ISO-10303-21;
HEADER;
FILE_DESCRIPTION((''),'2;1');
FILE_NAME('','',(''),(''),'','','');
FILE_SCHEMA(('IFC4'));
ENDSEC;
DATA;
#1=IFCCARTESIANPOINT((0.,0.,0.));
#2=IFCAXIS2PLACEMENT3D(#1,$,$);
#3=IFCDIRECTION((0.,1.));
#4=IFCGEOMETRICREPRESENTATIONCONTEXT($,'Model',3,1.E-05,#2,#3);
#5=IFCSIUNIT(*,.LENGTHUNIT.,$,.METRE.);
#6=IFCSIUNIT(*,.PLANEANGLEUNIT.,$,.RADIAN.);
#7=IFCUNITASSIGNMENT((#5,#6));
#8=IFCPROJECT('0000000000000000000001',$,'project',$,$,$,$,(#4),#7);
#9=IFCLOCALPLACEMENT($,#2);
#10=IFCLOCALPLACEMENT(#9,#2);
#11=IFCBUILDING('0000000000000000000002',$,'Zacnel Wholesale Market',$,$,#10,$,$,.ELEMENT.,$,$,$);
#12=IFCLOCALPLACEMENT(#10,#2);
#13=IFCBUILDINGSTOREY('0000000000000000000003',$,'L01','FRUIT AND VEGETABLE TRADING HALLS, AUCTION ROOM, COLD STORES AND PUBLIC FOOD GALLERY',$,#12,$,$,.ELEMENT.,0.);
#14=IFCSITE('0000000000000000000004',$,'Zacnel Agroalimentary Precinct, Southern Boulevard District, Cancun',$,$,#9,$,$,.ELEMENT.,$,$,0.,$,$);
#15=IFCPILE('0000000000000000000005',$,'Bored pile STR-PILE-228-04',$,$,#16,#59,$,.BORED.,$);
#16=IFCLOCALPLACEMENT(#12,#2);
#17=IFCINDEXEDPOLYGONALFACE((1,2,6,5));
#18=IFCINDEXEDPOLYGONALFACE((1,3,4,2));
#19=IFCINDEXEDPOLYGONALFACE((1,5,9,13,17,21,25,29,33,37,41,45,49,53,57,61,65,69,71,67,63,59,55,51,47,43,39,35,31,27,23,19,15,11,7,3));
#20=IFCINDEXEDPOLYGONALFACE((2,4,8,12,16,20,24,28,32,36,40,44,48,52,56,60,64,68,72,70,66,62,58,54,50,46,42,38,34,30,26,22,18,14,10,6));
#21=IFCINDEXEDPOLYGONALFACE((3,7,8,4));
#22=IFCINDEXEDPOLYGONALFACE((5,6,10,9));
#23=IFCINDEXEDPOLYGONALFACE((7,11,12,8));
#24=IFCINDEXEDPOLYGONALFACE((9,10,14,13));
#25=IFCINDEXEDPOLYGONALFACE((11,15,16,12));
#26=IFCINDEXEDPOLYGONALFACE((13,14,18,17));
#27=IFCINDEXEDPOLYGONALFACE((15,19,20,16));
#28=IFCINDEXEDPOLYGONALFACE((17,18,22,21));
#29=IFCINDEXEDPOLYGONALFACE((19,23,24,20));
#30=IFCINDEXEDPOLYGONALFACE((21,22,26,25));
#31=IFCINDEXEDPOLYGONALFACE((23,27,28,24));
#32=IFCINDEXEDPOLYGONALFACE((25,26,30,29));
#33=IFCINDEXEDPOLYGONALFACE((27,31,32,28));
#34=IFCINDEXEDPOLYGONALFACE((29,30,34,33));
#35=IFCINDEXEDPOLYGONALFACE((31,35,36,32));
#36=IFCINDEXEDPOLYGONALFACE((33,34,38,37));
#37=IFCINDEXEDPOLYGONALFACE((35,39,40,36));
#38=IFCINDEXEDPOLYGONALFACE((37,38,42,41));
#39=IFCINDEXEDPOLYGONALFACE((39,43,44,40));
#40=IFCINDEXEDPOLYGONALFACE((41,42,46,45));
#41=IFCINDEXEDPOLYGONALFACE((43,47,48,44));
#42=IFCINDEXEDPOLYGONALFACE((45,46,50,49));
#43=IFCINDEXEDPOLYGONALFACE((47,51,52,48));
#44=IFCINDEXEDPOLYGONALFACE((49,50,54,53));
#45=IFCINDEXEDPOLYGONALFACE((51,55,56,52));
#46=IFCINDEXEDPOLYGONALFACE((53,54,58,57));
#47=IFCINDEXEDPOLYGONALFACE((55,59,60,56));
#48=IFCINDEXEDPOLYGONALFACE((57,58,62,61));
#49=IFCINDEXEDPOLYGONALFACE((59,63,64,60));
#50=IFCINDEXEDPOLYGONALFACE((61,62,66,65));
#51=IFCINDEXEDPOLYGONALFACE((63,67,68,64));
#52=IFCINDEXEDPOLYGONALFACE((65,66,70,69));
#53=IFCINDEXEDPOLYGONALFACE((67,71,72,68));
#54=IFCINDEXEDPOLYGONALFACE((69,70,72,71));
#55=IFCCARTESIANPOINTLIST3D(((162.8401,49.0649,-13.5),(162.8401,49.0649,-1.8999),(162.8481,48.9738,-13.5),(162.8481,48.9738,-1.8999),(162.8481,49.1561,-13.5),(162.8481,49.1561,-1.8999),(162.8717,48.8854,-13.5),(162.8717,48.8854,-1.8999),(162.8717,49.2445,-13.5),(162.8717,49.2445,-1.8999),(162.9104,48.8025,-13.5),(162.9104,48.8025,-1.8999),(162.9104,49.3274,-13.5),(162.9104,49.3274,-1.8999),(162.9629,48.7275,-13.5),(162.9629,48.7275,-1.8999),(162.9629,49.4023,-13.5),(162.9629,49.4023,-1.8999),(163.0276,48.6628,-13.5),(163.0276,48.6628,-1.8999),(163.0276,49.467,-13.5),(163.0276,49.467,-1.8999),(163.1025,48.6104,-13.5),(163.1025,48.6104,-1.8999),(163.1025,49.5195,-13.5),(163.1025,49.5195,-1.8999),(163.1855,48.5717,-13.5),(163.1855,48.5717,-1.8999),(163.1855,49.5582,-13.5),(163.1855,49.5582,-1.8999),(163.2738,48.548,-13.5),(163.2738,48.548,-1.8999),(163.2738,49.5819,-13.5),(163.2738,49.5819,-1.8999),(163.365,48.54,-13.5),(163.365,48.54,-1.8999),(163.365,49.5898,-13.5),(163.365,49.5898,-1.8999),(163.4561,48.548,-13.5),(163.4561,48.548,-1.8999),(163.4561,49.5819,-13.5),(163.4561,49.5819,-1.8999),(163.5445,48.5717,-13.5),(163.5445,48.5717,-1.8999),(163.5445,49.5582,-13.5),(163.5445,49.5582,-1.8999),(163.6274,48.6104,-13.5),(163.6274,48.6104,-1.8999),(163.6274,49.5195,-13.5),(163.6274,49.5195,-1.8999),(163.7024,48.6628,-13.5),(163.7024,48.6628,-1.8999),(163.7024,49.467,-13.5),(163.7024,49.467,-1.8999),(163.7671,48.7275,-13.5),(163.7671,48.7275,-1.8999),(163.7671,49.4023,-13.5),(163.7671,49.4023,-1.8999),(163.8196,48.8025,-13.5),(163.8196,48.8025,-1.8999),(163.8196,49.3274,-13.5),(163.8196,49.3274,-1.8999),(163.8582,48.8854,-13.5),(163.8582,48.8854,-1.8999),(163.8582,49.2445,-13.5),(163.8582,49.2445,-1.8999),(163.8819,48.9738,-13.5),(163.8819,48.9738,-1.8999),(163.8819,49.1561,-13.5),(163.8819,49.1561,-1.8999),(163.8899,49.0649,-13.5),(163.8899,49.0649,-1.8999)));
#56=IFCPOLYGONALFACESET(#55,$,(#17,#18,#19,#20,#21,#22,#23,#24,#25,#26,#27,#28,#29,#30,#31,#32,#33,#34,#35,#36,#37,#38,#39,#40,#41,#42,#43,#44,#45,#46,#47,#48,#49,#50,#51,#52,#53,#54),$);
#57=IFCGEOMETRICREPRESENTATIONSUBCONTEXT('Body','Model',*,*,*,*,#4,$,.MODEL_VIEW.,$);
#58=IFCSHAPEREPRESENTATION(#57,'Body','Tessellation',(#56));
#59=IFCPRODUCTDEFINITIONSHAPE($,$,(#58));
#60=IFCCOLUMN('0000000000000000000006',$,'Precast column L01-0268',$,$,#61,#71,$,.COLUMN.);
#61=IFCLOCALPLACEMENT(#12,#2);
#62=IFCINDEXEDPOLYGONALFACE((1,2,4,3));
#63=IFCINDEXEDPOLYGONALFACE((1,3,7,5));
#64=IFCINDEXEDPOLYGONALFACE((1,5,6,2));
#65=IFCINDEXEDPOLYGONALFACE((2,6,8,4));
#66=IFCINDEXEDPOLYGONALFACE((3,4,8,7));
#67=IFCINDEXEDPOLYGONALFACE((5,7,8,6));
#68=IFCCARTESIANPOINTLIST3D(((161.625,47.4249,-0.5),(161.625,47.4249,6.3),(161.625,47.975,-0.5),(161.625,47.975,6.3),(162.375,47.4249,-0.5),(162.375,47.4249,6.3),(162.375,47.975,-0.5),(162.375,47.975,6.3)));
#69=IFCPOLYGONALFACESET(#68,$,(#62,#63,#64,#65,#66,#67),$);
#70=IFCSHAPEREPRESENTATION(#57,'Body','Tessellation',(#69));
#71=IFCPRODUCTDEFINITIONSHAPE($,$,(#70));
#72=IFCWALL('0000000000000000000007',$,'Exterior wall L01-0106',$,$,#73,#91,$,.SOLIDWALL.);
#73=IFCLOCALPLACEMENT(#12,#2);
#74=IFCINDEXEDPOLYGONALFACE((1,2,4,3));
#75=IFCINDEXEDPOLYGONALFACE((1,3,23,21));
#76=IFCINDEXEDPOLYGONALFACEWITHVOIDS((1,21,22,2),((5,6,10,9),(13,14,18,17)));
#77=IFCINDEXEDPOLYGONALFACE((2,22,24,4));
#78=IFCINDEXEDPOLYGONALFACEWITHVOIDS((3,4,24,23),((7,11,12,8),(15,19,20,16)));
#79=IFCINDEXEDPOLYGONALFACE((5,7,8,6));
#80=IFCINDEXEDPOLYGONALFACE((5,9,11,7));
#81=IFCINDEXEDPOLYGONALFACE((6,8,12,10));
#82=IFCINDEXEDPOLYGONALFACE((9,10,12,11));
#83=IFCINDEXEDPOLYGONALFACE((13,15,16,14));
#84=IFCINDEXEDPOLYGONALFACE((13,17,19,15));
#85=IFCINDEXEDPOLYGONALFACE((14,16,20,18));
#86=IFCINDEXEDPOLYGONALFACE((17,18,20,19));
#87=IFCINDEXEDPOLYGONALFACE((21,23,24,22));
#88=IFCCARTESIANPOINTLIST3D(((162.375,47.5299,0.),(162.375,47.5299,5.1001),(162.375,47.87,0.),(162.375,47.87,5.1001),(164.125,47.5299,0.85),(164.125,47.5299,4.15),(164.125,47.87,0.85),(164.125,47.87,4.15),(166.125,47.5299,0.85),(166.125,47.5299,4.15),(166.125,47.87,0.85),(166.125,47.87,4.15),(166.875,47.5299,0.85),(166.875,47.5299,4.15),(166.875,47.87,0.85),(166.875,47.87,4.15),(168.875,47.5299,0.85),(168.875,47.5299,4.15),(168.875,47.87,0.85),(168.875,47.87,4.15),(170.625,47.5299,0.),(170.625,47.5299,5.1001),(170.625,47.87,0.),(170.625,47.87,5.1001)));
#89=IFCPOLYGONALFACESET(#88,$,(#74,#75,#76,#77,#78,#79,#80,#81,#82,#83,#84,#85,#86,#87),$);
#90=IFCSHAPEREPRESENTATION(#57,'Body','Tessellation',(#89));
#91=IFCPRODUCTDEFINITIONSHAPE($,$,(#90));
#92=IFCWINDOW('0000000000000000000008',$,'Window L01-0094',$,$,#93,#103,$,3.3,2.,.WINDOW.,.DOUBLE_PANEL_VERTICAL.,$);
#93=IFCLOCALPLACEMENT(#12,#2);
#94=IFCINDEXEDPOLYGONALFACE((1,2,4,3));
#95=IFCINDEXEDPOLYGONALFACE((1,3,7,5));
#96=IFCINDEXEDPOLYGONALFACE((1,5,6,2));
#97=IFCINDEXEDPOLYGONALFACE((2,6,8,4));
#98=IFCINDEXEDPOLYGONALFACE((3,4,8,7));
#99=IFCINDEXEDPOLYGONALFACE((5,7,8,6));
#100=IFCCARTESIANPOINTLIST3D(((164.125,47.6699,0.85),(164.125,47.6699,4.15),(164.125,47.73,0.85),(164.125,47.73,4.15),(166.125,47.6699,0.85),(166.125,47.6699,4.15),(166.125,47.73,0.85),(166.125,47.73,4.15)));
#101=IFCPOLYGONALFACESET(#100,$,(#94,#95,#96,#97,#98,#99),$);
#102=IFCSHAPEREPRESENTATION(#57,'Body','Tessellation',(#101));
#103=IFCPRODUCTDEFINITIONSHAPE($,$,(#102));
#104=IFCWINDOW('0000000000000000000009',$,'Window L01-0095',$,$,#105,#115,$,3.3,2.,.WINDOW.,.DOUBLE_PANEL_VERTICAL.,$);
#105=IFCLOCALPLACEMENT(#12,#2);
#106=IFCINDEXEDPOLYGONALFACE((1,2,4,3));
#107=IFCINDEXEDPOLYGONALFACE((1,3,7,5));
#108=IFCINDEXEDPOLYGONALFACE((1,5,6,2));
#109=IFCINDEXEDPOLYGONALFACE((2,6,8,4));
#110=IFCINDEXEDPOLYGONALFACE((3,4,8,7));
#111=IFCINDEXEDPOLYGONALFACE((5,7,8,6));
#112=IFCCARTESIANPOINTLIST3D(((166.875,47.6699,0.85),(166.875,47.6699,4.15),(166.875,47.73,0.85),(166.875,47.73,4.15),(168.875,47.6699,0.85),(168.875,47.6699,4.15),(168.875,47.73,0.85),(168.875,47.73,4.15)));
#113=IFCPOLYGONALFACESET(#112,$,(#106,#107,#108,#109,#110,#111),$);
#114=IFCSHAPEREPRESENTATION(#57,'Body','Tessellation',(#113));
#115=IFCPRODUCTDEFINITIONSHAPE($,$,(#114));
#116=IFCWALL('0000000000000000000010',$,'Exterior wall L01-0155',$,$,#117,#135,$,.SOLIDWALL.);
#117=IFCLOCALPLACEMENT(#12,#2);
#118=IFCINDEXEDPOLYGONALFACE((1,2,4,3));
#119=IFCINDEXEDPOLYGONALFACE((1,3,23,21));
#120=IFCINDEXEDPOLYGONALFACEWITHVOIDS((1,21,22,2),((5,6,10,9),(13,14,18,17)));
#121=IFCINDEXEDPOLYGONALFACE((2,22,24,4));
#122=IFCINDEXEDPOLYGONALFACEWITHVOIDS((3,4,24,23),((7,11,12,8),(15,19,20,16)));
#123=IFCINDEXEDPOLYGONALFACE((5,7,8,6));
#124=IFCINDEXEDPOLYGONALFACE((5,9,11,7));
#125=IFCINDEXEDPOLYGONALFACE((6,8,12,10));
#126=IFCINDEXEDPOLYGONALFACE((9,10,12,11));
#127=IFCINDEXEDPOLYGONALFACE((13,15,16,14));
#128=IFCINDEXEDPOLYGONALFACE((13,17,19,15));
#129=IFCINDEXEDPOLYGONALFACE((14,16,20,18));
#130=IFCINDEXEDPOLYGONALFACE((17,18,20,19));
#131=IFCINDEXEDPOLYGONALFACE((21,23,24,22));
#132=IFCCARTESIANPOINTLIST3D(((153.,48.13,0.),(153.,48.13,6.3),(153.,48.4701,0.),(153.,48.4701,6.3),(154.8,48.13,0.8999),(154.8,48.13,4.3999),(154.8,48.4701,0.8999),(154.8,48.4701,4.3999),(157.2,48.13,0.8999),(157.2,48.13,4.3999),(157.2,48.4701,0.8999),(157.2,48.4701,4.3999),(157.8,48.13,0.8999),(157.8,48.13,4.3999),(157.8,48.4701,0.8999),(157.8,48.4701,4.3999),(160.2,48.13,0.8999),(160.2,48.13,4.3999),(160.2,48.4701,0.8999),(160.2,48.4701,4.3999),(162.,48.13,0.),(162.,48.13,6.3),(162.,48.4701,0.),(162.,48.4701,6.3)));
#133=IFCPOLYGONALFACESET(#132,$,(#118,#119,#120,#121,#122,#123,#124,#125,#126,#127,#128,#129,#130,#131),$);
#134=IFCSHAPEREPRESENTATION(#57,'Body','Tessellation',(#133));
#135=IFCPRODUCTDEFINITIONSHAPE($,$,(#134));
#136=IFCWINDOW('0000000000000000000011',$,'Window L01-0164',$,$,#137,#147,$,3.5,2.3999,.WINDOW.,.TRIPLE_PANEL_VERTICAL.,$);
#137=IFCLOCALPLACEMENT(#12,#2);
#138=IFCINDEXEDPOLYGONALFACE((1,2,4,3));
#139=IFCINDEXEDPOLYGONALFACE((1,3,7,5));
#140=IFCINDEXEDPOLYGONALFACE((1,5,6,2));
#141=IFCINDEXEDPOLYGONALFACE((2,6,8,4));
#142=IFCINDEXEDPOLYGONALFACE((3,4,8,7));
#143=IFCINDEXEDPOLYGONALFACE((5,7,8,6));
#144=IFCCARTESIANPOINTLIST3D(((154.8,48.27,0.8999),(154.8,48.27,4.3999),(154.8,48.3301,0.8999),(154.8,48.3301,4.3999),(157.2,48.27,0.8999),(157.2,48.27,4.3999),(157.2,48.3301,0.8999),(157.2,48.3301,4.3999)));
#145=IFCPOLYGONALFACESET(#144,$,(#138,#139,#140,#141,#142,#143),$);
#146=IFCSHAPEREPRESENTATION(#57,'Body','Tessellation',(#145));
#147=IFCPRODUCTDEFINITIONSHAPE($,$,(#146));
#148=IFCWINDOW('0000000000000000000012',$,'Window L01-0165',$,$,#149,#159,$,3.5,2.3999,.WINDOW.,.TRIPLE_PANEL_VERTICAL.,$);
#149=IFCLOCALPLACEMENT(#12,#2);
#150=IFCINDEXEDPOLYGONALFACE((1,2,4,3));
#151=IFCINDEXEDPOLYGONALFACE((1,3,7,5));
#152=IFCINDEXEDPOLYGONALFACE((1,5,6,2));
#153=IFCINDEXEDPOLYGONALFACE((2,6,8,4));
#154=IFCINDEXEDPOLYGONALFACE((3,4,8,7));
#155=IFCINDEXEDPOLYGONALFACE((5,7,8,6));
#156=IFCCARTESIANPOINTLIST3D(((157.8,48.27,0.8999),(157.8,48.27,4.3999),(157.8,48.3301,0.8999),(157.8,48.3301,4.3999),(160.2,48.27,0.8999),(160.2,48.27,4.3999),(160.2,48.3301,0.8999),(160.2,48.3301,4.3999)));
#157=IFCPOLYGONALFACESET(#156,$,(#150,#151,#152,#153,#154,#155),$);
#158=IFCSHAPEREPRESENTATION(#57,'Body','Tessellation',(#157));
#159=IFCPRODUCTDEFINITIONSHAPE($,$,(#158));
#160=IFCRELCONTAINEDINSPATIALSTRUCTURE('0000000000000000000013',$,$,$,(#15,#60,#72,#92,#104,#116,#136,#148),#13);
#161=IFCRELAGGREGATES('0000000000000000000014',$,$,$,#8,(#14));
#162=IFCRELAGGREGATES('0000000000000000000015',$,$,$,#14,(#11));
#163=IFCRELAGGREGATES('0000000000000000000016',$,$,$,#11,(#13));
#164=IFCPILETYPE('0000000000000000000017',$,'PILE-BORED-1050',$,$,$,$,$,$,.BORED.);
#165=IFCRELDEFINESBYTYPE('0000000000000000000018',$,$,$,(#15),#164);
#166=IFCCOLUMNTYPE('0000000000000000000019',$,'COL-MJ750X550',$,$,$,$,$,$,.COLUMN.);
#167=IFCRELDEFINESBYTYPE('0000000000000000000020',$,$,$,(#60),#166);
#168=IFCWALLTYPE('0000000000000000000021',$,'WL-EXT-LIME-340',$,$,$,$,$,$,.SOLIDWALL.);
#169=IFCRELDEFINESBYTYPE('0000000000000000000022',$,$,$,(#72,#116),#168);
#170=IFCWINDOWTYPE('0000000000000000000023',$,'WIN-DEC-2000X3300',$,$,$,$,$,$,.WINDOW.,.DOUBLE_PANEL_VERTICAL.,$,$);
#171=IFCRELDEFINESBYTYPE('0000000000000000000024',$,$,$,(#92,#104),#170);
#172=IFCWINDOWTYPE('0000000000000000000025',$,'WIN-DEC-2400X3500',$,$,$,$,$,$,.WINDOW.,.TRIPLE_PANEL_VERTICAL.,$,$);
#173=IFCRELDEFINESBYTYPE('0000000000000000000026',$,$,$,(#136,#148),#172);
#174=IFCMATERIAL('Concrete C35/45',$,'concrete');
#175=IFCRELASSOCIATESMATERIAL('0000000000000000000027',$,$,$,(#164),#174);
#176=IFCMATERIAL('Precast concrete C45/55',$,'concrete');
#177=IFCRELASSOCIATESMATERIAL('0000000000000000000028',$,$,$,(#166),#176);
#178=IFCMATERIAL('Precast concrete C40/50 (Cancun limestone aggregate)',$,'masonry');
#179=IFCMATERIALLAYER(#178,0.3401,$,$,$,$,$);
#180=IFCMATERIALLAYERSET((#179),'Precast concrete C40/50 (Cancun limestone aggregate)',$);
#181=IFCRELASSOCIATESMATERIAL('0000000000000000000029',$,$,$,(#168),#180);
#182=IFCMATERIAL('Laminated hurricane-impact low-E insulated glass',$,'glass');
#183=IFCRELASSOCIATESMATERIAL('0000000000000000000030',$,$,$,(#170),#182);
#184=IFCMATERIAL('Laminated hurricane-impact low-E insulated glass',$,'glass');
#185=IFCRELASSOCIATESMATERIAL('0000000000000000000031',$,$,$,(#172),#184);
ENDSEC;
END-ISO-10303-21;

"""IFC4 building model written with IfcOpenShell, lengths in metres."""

from ifc_helpers import new_model, si_unit, direction, frame, frame_2d, origin, origin_2d, place, context, subcontext, project, spatial, rectangle, circle, extrude, material, layer, layer_set, material_profile, profile_set, type_object, element, fill, save


model = new_model("IFC4")

# Units and contexts
model_context = context("Model", 3, precision=1e-05, world=origin(), true_north=direction((0.0, 1.0)))
body_context = subcontext(model_context, "Body", "Model", "MODEL_VIEW")
ifc_project = project(units=[si_unit("LENGTHUNIT", "METRE"), si_unit("PLANEANGLEUNIT", "RADIAN")], contexts=[model_context])

# Site, building, storey
site_placement = place(None, origin())
site = spatial("IfcSite", under=ifc_project, at=site_placement, Name="Zacnel Agroalimentary Precinct, Southern Boulevard District, Cancun", CompositionType="ELEMENT", RefElevation=0.0)
building_placement = place(site_placement, origin())
building = spatial("IfcBuilding", under=site, at=building_placement, Name="Zacnel Wholesale Market", CompositionType="ELEMENT")
storey_placement = place(building_placement, origin())
storey = spatial("IfcBuildingStorey", under=building, at=storey_placement, Name="L01", Description="FRUIT AND VEGETABLE TRADING HALLS, AUCTION ROOM, COLD STORES AND PUBLIC FOOD GALLERY", CompositionType="ELEMENT", Elevation=0.0)

# Pile
ifc_material_1 = material(Name="Concrete C35/45", Category="concrete")
ifc_material_profile_1 = material_profile(ifc_material_1, circle(Radius=0.5249, at=origin_2d()), Name="BORED PILE D1050")
ifc_profile_set_1 = profile_set([ifc_material_profile_1], Name="Concrete C35/45")
pile_type = type_object("IfcPileType", Name="PILE-BORED-1050", PredefinedType="BORED", material=ifc_profile_set_1)
for number, where, z_axis, x_axis, name in (
    (1, (163.365, 49.0649, -1.8999), (0.0, 0.0, -1.0), (1.0, 0.0, 0.0), "Bored pile STR-PILE-228-04"),
):
    element("IfcPile", number, at=place(storey_placement, frame(where, z_axis=z_axis, x_axis=x_axis)), inside=storey, type_object=pile_type, Name=name, PredefinedType="BORED", context=body_context, shape_type="SweptSolid", body=[
        extrude(circle(Radius=0.5249, at=origin_2d()), origin(), (0.0, 0.0, 1.0), 11.6001),
    ])

# Column
ifc_material_2 = material(Name="Precast concrete C45/55", Category="concrete")
ifc_material_profile_2 = material_profile(ifc_material_2, rectangle(XDim=0.75, YDim=0.55, at=origin_2d()), Name="PC 750x550")
ifc_profile_set_2 = profile_set([ifc_material_profile_2], Name="Precast concrete C45/55")
column_type = type_object("IfcColumnType", Name="COL-MJ750X550", PredefinedType="COLUMN", material=ifc_profile_set_2)
column_placement = place(storey_placement, frame((162.0, 47.7, -0.5), z_axis=(0.0, 0.0, 1.0), x_axis=(1.0, 0.0, 0.0)))
element("IfcColumn", 2, at=column_placement, inside=storey, type_object=column_type, Name="Precast column L01-0268", PredefinedType="COLUMN", context=body_context, shape_type="SweptSolid", body=[
    extrude(rectangle(XDim=0.75, YDim=0.55, at=origin_2d()), origin(), (0.0, 0.0, 1.0), 6.8),
])

# Walls, openings, windows
ifc_material_3 = material(Name="Precast concrete C40/50 (Cancun limestone aggregate)", Category="masonry")
ifc_layer_1 = layer(ifc_material_3, 0.3401)
ifc_layer_set_1 = layer_set([ifc_layer_1], Name="Precast concrete C40/50 (Cancun limestone aggregate)")
wall_type = type_object("IfcWallType", Name="WL-EXT-LIME-340", PredefinedType="SOLIDWALL", material=ifc_layer_set_1)
wall_1_placement = place(storey_placement, frame((162.375, 47.7, 0.0), z_axis=(0.0, 0.0, 1.0), x_axis=(1.0, 0.0, 0.0)))
wall_1 = element("IfcWall", 3, at=wall_1_placement, inside=storey, type_object=wall_type, Name="Exterior wall L01-0106", PredefinedType="SOLIDWALL", context=body_context, shape_type="SweptSolid", body=[
    extrude(rectangle(XDim=8.25, YDim=0.3401, at=frame_2d((4.125, 0.0))), origin(), (0.0, 0.0, 1.0), 5.1001),
])
opening_1_placement = place(wall_1_placement, frame((1.75, 0.0, 0.8501)))
opening_1 = element("IfcOpeningElement", 4, at=opening_1_placement, cuts=wall_1, PredefinedType="OPENING", context=body_context, shape_type="SweptSolid", body=[
    extrude(rectangle(XDim=2.0, YDim=3.3, at=frame_2d((1.0, 1.6499))), frame((0.0, 0.1799, 0.0), z_axis=(0.0, -1.0, 0.0), x_axis=(1.0, 0.0, 0.0)), (0.0, 0.0, 1.0), 0.3601),
])
opening_2_placement = place(wall_1_placement, frame((4.5, 0.0, 0.8501)))
opening_2 = element("IfcOpeningElement", 5, at=opening_2_placement, cuts=wall_1, PredefinedType="OPENING", context=body_context, shape_type="SweptSolid", body=[
    extrude(rectangle(XDim=2.0, YDim=3.3, at=frame_2d((1.0, 1.6499))), frame((0.0, 0.1799, 0.0), z_axis=(0.0, -1.0, 0.0), x_axis=(1.0, 0.0, 0.0)), (0.0, 0.0, 1.0), 0.3601),
])
ifc_material_4 = material(Name="Laminated hurricane-impact low-E insulated glass", Category="glass")
window_type_1 = type_object("IfcWindowType", Name="WIN-DEC-2000X3300", PartitioningType="DOUBLE_PANEL_VERTICAL", PredefinedType="WINDOW", material=ifc_material_4)
window_1_placement = place(opening_1_placement, origin())
window_1 = element("IfcWindow", 6, at=window_1_placement, inside=storey, type_object=window_type_1, Name="Window L01-0094", OverallHeight=3.3, OverallWidth=2.0, PartitioningType="DOUBLE_PANEL_VERTICAL", PredefinedType="WINDOW", context=body_context, shape_type="SweptSolid", body=[
    extrude(rectangle(XDim=2.0, YDim=3.3, at=frame_2d((1.0, 1.6499))), frame((0.0, 0.03, 0.0), z_axis=(0.0, -1.0, 0.0), x_axis=(1.0, 0.0, 0.0)), (0.0, 0.0, 1.0), 0.0601),
])
fill(opening_1, window_1)
window_2_placement = place(opening_2_placement, origin())
window_2 = element("IfcWindow", 7, at=window_2_placement, inside=storey, type_object=window_type_1, Name="Window L01-0095", OverallHeight=3.3, OverallWidth=2.0, PartitioningType="DOUBLE_PANEL_VERTICAL", PredefinedType="WINDOW", context=body_context, shape_type="SweptSolid", body=[
    extrude(rectangle(XDim=2.0, YDim=3.3, at=frame_2d((1.0, 1.6499))), frame((0.0, 0.03, 0.0), z_axis=(0.0, -1.0, 0.0), x_axis=(1.0, 0.0, 0.0)), (0.0, 0.0, 1.0), 0.0601),
])
fill(opening_2, window_2)
wall_2_placement = place(storey_placement, frame((153.0, 48.3, 0.0), z_axis=(0.0, 0.0, 1.0), x_axis=(1.0, 0.0, 0.0)))
wall_2 = element("IfcWall", 8, at=wall_2_placement, inside=storey, type_object=wall_type, Name="Exterior wall L01-0155", PredefinedType="SOLIDWALL", context=body_context, shape_type="SweptSolid", body=[
    extrude(rectangle(XDim=9.0, YDim=0.3401, at=frame_2d((4.5, 0.0))), origin(), (0.0, 0.0, 1.0), 6.3),
])
opening_3_placement = place(wall_2_placement, frame((1.8, 0.0, 0.8999)))
opening_3 = element("IfcOpeningElement", 9, at=opening_3_placement, cuts=wall_2, PredefinedType="OPENING", context=body_context, shape_type="SweptSolid", body=[
    extrude(rectangle(XDim=2.3999, YDim=3.5, at=frame_2d((1.2, 1.75))), frame((0.0, 0.1799, 0.0), z_axis=(0.0, -1.0, 0.0), x_axis=(1.0, 0.0, 0.0)), (0.0, 0.0, 1.0), 0.3601),
])
opening_4_placement = place(wall_2_placement, frame((4.8, 0.0, 0.8999)))
opening_4 = element("IfcOpeningElement", 10, at=opening_4_placement, cuts=wall_2, PredefinedType="OPENING", context=body_context, shape_type="SweptSolid", body=[
    extrude(rectangle(XDim=2.3999, YDim=3.5, at=frame_2d((1.2, 1.75))), frame((0.0, 0.1799, 0.0), z_axis=(0.0, -1.0, 0.0), x_axis=(1.0, 0.0, 0.0)), (0.0, 0.0, 1.0), 0.3601),
])
ifc_material_5 = material(Name="Laminated hurricane-impact low-E insulated glass", Category="glass")
window_type_2 = type_object("IfcWindowType", Name="WIN-DEC-2400X3500", PartitioningType="TRIPLE_PANEL_VERTICAL", PredefinedType="WINDOW", material=ifc_material_5)
window_3_placement = place(opening_3_placement, origin())
window_3 = element("IfcWindow", 11, at=window_3_placement, inside=storey, type_object=window_type_2, Name="Window L01-0164", OverallHeight=3.5, OverallWidth=2.3999, PartitioningType="TRIPLE_PANEL_VERTICAL", PredefinedType="WINDOW", context=body_context, shape_type="SweptSolid", body=[
    extrude(rectangle(XDim=2.3999, YDim=3.5, at=frame_2d((1.2, 1.75))), frame((0.0, 0.03, 0.0), z_axis=(0.0, -1.0, 0.0), x_axis=(1.0, 0.0, 0.0)), (0.0, 0.0, 1.0), 0.0601),
])
fill(opening_3, window_3)
window_4_placement = place(opening_4_placement, origin())
window_4 = element("IfcWindow", 12, at=window_4_placement, inside=storey, type_object=window_type_2, Name="Window L01-0165", OverallHeight=3.5, OverallWidth=2.3999, PartitioningType="TRIPLE_PANEL_VERTICAL", PredefinedType="WINDOW", context=body_context, shape_type="SweptSolid", body=[
    extrude(rectangle(XDim=2.3999, YDim=3.5, at=frame_2d((1.2, 1.75))), frame((0.0, 0.03, 0.0), z_axis=(0.0, -1.0, 0.0), x_axis=(1.0, 0.0, 0.0)), (0.0, 0.0, 1.0), 0.0601),
])
fill(opening_4, window_4)

save(model, "model.ifc")
